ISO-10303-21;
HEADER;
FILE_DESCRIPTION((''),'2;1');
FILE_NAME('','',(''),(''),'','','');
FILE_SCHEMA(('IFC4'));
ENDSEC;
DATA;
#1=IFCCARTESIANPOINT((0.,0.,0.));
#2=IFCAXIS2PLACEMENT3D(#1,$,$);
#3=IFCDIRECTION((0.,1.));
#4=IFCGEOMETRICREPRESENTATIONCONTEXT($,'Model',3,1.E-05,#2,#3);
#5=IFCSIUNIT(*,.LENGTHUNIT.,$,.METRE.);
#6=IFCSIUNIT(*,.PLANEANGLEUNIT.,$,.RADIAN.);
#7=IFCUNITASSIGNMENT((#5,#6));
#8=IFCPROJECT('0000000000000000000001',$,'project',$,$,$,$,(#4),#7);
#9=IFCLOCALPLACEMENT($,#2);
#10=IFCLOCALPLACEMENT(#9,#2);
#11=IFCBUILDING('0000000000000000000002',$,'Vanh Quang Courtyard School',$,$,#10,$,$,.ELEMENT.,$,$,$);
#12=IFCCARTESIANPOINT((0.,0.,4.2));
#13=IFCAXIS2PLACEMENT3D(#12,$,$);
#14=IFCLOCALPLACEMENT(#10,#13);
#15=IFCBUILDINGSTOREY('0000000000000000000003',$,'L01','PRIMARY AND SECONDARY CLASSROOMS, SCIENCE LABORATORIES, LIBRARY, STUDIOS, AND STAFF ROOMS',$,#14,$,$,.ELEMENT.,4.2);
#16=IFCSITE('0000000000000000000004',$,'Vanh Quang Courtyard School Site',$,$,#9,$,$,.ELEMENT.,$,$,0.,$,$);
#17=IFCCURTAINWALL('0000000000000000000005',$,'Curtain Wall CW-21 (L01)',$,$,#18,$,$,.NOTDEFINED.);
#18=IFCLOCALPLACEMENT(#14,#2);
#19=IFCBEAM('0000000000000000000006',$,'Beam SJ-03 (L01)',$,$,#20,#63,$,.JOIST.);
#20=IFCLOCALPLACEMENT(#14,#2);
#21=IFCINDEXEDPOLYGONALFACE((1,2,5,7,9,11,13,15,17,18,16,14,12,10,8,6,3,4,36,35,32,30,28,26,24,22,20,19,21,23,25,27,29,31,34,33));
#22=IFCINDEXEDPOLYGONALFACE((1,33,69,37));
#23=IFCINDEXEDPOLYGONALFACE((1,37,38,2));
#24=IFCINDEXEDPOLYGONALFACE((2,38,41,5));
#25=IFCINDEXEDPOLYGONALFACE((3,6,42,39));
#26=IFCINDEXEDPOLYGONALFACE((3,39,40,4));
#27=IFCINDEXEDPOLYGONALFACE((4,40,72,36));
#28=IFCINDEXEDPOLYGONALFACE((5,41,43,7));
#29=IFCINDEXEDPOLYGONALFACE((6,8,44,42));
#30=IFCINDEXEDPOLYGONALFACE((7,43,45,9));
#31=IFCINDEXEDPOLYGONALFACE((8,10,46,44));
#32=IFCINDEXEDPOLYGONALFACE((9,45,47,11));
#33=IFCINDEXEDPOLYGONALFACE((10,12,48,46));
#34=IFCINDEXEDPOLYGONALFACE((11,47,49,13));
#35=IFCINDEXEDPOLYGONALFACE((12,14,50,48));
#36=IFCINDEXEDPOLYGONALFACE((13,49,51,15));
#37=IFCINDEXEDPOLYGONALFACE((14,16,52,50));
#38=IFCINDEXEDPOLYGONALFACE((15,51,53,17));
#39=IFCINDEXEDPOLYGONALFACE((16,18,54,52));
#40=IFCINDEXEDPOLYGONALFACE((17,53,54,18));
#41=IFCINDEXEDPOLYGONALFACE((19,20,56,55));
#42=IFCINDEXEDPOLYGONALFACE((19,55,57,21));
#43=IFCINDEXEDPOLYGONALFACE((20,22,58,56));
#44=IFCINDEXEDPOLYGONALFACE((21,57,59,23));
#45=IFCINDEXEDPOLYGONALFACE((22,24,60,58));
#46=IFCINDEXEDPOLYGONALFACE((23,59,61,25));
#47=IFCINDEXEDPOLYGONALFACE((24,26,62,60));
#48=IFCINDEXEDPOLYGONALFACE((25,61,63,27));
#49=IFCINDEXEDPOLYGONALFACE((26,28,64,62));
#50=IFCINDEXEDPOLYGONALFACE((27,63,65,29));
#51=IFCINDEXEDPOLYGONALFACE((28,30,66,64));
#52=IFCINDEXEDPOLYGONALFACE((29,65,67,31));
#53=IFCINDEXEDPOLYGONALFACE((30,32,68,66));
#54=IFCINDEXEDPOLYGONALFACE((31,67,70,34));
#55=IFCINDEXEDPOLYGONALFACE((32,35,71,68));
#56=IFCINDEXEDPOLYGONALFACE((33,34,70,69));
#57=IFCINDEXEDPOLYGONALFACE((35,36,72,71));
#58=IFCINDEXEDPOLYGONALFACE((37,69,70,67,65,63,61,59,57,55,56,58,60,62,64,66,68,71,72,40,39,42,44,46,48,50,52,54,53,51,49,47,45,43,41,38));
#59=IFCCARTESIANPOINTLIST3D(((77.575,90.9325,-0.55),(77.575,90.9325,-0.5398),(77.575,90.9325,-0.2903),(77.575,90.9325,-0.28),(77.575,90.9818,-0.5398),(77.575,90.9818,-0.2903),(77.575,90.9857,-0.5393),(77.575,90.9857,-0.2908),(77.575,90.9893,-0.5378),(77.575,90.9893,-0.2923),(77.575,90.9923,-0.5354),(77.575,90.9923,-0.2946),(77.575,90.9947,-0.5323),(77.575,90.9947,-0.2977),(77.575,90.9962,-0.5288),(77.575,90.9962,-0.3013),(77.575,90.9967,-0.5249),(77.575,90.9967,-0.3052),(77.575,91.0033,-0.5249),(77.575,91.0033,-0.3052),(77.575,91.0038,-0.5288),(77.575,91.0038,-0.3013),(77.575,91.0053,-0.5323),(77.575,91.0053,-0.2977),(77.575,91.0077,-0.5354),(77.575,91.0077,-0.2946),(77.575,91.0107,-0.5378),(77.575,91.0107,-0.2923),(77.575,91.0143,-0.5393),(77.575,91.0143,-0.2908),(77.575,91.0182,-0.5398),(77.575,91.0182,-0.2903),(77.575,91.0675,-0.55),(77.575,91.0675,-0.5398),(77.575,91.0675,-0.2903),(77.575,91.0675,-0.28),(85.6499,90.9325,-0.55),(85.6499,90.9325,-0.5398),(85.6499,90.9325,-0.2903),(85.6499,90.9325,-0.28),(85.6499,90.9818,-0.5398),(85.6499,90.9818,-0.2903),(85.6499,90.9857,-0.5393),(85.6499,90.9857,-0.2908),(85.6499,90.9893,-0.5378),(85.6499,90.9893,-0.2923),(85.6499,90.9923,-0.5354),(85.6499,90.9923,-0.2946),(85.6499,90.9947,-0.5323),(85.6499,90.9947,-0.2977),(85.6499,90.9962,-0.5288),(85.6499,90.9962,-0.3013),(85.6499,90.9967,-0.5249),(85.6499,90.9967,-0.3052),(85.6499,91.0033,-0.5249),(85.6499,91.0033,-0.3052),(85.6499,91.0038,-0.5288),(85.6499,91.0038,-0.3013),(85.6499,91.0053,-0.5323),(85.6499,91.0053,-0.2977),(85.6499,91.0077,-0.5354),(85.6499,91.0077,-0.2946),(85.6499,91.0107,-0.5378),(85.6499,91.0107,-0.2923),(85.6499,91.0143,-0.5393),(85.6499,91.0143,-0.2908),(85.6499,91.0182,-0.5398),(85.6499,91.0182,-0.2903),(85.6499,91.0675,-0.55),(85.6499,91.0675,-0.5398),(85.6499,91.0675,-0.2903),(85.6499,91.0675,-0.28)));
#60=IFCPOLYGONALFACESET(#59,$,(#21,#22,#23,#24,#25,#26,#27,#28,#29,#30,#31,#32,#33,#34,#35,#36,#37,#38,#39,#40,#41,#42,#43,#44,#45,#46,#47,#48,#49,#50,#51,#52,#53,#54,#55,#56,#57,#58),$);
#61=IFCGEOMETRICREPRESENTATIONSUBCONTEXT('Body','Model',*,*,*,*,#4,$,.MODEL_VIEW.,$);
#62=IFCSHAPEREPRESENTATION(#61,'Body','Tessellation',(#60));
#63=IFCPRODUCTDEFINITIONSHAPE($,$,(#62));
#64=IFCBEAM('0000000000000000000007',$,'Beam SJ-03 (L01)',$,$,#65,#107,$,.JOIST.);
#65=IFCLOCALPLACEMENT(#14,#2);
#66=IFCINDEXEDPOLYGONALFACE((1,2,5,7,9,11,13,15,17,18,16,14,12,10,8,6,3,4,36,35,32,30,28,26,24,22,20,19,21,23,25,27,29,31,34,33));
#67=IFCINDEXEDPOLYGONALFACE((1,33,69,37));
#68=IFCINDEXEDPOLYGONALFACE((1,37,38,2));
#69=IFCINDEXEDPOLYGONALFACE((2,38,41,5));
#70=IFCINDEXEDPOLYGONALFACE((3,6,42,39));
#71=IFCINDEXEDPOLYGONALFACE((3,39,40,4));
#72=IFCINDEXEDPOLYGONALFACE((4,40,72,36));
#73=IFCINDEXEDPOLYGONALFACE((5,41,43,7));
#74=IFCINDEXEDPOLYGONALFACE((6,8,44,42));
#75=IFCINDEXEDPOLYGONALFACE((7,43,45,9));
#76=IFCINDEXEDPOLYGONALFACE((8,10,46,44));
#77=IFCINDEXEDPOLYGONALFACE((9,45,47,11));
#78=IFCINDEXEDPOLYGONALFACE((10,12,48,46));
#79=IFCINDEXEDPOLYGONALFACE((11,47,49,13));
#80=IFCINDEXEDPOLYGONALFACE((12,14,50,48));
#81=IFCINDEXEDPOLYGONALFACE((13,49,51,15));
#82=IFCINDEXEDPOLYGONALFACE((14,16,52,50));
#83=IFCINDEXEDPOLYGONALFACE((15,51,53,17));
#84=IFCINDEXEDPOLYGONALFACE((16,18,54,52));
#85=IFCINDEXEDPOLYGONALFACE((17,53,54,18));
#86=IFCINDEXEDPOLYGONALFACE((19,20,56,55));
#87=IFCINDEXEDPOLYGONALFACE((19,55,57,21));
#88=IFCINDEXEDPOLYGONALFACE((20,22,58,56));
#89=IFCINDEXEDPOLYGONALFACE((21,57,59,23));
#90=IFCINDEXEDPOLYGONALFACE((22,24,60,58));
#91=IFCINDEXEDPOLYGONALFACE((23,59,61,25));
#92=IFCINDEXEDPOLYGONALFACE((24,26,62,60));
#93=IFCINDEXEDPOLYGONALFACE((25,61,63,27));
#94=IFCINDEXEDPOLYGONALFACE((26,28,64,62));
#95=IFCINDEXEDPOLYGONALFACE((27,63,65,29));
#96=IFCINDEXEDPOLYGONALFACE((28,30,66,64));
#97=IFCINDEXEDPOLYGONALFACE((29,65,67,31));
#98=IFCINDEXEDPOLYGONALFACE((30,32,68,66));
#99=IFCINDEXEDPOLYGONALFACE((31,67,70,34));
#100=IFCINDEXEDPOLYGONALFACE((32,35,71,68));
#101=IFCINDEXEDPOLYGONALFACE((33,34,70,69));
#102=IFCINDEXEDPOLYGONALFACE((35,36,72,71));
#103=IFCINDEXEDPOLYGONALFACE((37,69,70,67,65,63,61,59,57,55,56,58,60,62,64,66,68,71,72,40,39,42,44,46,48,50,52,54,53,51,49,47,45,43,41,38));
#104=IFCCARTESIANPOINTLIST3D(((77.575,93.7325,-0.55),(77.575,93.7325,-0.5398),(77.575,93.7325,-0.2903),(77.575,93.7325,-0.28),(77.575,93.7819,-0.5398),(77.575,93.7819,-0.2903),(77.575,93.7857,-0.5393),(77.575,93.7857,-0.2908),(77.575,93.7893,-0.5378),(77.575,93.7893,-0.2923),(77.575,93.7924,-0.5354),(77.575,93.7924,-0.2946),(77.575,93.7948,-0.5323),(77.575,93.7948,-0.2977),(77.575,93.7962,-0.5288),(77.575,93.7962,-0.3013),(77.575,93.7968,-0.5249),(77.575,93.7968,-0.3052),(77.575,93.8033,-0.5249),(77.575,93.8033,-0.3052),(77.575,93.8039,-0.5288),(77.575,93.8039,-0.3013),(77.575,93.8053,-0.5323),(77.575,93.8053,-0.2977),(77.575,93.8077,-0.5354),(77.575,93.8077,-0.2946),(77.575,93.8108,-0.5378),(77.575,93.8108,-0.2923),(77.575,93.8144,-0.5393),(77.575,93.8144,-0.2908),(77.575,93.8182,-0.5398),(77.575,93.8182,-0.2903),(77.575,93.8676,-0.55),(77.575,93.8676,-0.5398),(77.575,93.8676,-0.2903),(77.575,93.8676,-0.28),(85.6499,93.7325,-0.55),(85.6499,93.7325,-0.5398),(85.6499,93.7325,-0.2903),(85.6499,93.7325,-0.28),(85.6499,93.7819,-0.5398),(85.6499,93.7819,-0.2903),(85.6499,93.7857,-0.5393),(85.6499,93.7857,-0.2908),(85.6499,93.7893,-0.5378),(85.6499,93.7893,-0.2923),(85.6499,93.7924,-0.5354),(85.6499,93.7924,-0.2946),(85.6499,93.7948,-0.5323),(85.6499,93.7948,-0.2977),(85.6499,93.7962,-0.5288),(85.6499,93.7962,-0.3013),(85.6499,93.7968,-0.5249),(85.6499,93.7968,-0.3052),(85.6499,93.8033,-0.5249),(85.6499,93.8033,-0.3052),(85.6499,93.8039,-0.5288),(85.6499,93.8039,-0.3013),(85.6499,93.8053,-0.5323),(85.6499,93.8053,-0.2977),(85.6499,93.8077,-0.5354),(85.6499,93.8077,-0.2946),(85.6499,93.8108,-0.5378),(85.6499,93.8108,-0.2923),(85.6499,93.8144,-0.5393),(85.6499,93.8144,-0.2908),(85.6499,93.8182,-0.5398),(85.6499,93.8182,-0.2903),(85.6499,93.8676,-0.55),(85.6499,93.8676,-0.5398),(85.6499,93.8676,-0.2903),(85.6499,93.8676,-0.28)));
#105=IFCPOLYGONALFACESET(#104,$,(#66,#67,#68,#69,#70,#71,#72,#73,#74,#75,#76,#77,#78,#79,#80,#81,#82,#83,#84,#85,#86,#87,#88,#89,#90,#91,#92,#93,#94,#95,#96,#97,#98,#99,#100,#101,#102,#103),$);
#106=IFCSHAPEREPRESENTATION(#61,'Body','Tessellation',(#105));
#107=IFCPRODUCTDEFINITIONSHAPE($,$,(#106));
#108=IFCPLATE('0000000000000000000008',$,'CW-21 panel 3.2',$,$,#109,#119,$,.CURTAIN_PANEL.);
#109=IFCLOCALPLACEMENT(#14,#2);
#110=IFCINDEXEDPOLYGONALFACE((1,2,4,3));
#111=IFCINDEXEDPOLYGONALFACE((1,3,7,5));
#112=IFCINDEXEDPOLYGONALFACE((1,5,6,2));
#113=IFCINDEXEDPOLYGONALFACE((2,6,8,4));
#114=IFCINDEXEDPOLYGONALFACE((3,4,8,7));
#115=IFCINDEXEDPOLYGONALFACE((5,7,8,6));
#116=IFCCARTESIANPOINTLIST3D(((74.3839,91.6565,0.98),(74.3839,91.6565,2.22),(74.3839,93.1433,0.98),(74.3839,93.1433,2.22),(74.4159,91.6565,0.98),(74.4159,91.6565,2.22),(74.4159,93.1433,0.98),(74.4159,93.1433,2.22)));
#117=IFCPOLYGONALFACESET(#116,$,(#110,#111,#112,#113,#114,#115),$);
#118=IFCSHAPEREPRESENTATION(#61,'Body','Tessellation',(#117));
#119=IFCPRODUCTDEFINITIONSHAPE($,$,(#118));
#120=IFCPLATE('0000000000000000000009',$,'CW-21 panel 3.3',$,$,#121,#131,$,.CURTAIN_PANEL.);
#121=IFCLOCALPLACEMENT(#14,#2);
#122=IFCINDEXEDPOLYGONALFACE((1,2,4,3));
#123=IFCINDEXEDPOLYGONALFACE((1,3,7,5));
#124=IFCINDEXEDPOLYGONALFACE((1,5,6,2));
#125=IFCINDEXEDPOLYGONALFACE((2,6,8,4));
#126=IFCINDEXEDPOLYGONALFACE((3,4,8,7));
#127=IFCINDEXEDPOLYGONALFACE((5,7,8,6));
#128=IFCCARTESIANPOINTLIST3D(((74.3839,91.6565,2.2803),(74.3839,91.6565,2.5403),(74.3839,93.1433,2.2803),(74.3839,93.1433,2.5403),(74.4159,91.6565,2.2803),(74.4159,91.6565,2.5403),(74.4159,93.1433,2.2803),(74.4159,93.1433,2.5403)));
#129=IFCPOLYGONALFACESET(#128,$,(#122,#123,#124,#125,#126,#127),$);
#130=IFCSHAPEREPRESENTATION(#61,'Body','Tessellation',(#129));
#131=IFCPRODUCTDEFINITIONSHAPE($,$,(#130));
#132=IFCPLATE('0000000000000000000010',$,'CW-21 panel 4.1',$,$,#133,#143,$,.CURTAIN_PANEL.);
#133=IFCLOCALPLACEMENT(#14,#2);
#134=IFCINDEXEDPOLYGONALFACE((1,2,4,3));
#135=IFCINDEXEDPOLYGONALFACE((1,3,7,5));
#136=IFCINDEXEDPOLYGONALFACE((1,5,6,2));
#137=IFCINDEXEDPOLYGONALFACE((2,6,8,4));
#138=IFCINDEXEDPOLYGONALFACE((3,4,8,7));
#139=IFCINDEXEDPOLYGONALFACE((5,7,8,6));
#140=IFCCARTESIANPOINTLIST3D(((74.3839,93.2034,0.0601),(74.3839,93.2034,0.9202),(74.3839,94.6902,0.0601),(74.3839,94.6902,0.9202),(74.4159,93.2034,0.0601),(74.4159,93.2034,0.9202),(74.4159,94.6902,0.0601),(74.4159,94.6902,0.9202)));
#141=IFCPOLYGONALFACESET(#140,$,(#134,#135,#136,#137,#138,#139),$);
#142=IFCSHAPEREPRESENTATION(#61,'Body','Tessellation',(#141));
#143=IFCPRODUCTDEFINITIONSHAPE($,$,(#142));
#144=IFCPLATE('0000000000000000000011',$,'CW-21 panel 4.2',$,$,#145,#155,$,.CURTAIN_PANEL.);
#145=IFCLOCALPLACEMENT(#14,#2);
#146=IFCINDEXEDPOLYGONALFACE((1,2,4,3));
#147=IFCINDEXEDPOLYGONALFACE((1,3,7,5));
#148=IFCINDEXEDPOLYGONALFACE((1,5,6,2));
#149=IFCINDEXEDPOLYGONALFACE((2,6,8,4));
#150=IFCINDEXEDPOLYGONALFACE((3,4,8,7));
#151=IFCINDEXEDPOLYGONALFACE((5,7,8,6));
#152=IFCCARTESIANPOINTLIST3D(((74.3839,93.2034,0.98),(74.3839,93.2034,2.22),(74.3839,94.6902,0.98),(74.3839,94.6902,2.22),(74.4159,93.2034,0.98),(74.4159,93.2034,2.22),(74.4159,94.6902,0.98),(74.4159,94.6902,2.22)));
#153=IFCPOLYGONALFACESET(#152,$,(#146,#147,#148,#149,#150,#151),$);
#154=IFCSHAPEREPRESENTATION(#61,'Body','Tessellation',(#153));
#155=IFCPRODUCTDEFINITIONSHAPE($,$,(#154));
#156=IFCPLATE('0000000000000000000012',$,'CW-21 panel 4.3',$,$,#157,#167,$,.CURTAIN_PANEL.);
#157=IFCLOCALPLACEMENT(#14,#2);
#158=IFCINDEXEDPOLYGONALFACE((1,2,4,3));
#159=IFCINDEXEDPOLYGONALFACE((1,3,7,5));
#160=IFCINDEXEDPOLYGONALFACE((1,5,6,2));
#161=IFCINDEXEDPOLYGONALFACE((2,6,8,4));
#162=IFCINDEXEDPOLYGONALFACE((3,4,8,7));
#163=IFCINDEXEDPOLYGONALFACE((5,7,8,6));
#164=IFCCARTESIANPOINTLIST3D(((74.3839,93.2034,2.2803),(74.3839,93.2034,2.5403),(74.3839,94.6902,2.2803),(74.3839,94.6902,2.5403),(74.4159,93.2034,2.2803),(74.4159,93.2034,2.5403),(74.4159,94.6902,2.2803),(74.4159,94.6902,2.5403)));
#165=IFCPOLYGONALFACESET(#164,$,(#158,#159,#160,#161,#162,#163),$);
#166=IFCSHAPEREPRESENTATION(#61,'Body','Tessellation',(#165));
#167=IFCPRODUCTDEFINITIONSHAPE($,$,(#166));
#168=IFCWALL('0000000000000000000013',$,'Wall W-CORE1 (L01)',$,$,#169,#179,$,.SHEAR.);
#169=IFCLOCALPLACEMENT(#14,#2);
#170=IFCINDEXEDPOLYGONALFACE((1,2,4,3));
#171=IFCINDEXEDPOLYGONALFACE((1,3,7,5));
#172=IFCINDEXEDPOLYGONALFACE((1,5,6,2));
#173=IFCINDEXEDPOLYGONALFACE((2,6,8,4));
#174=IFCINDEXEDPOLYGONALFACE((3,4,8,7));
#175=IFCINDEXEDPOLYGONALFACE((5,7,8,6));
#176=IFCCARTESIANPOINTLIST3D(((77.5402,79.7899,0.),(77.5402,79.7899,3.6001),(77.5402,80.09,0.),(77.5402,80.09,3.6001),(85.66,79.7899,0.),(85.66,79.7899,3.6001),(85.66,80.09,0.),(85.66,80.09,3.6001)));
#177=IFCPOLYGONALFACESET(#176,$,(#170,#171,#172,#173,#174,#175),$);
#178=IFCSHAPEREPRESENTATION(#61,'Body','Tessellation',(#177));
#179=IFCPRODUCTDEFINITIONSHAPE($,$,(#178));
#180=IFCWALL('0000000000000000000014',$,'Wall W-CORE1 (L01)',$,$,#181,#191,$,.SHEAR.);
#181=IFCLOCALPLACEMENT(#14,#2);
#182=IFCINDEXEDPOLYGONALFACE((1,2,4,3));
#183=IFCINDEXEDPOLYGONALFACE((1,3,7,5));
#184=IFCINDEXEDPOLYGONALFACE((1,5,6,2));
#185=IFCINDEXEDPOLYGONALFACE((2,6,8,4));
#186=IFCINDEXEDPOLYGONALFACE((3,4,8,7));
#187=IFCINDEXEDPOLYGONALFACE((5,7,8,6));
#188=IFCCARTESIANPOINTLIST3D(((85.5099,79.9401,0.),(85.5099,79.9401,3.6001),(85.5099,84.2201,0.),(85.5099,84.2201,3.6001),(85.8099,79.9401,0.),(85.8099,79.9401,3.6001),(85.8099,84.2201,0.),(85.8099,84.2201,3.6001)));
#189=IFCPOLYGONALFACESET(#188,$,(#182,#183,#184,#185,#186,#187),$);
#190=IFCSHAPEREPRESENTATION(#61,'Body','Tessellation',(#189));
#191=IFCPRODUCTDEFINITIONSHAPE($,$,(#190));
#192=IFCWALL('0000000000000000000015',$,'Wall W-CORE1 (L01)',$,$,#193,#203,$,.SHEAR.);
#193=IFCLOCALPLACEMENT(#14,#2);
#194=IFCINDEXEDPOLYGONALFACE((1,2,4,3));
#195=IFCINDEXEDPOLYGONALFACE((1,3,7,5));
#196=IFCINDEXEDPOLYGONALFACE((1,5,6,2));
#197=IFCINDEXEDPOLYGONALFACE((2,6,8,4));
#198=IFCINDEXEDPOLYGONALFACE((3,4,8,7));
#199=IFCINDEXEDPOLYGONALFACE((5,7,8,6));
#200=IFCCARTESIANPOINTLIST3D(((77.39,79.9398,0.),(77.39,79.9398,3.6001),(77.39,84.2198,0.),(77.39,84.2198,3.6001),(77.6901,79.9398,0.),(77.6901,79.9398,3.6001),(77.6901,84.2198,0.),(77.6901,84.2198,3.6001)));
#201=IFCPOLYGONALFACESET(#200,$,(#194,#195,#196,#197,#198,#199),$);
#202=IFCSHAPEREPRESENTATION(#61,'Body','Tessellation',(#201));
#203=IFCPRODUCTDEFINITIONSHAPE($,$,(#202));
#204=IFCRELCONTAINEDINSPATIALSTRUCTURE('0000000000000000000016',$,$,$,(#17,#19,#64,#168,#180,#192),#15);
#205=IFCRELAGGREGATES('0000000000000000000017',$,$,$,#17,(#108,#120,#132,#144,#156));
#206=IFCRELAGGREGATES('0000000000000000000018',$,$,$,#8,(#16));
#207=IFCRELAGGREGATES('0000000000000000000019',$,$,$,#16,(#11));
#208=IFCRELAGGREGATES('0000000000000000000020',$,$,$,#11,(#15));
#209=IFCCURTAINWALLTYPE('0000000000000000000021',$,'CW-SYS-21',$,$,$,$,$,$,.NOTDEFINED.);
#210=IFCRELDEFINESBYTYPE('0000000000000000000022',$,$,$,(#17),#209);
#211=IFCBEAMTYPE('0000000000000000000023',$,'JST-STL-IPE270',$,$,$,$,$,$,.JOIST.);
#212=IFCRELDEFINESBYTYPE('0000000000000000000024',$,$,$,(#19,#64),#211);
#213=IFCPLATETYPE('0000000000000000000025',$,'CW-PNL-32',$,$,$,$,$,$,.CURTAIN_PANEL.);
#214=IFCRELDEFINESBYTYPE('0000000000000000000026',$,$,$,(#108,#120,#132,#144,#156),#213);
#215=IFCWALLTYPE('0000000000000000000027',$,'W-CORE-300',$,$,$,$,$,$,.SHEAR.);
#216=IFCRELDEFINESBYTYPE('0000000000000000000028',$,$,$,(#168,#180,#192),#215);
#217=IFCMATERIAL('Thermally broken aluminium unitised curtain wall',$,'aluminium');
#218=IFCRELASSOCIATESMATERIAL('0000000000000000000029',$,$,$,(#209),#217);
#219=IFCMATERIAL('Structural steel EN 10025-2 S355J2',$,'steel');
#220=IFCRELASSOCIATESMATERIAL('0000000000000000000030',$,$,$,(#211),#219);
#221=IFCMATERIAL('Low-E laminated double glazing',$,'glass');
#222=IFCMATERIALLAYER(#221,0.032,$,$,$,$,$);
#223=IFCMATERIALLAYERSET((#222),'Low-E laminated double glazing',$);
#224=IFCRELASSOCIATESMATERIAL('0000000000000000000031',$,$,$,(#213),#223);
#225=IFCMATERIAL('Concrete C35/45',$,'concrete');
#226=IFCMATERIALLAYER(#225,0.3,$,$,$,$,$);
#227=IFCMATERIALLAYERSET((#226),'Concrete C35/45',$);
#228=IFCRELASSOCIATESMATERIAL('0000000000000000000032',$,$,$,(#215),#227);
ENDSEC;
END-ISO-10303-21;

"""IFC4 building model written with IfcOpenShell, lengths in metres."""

from ifc_helpers import new_model, si_unit, direction, frame, frame_2d, origin, origin_2d, place, context, subcontext, project, spatial, rectangle, i_section, extrude, material, layer, layer_set, material_profile, profile_set, type_object, element, aggregate, save


model = new_model("IFC4")

# Units and contexts
model_context = context("Model", 3, precision=1e-05, world=origin(), true_north=direction((0.0, 1.0)))
body_context = subcontext(model_context, "Body", "Model", "MODEL_VIEW")
ifc_project = project(units=[si_unit("LENGTHUNIT", "METRE"), si_unit("PLANEANGLEUNIT", "RADIAN")], contexts=[model_context])

# Site, building, storey
site_placement = place(None, origin())
site = spatial("IfcSite", under=ifc_project, at=site_placement, Name="Vanh Quang Courtyard School Site", CompositionType="ELEMENT", RefElevation=0.0)
building_placement = place(site_placement, origin())
building = spatial("IfcBuilding", under=site, at=building_placement, Name="Vanh Quang Courtyard School", CompositionType="ELEMENT")
storey_placement = place(building_placement, frame((0.0, 0.0, 4.2)))
storey = spatial("IfcBuildingStorey", under=building, at=storey_placement, Name="L01", Description="PRIMARY AND SECONDARY CLASSROOMS, SCIENCE LABORATORIES, LIBRARY, STUDIOS, AND STAFF ROOMS", CompositionType="ELEMENT", Elevation=4.2)

# Shared definitions
ifc_material_1 = material(Name="Concrete C35/45", Category="concrete")

# Shared definitions
ifc_material_2 = material(Name="Structural steel EN 10025-2 S355J2", Category="steel")

# Curtain wall
ifc_material_3 = material(Name="Thermally broken aluminium unitised curtain wall", Category="aluminium")
curtain_wall_type = type_object("IfcCurtainWallType", Name="CW-SYS-21", PredefinedType="NOTDEFINED", material=ifc_material_3)
curtain_wall_placement = place(storey_placement, origin())
curtain_wall = element("IfcCurtainWall", 1, at=curtain_wall_placement, inside=storey, type_object=curtain_wall_type, Name="Curtain Wall CW-21 (L01)", PredefinedType="NOTDEFINED")

# Beams
ifc_material_profile_1 = material_profile(ifc_material_2, i_section(OverallWidth=0.135, OverallDepth=0.27, WebThickness=0.0066, FlangeThickness=0.0103, FilletRadius=0.0149, at=origin_2d()), Name="IPE 270")
ifc_profile_set_1 = profile_set([ifc_material_profile_1], Name="Structural steel EN 10025-2 S355J2")
beam_type_1 = type_object("IfcBeamType", Name="JST-STL-IPE270", PredefinedType="JOIST", material=ifc_profile_set_1)
for number, where, z_axis, x_axis, name in (
    (2, (77.575, 91.0, -0.415), (1.0, 0.0, 0.0), (0.0, 1.0, 0.0), "Beam SJ-03 (L01)"),
    (3, (77.575, 93.8, -0.415), (1.0, 0.0, 0.0), (0.0, 1.0, 0.0), "Beam SJ-03 (L01)"),
):
    element("IfcBeam", number, at=place(storey_placement, frame(where, z_axis=z_axis, x_axis=x_axis)), inside=storey, type_object=beam_type_1, Name=name, PredefinedType="JOIST", context=body_context, shape_type="SweptSolid", body=[
        extrude(i_section(OverallWidth=0.135, OverallDepth=0.27, WebThickness=0.0066, FlangeThickness=0.0103, FilletRadius=0.0149, at=origin_2d()), origin(), (0.0, 0.0, 1.0), 8.075),
    ])

# Plates
ifc_material_4 = material(Name="Low-E laminated double glazing", Category="glass")
ifc_layer_1 = layer(ifc_material_4, 0.032)
ifc_layer_set_1 = layer_set([ifc_layer_1], Name="Low-E laminated double glazing")
plate_type = type_object("IfcPlateType", Name="CW-PNL-32", PredefinedType="CURTAIN_PANEL", material=ifc_layer_set_1)
plate_1_placement = place(storey_placement, frame((74.3999, 92.3999, 0.98), z_axis=(0.0, 0.0, 1.0), x_axis=(0.0, 1.0, 0.0)))
plate_1 = element("IfcPlate", 4, at=plate_1_placement, type_object=plate_type, Name="CW-21 panel 3.2", PredefinedType="CURTAIN_PANEL", context=body_context, shape_type="SweptSolid", body=[
    extrude(rectangle(XDim=1.4868, YDim=0.032, at=origin_2d()), origin(), (0.0, 0.0, 1.0), 1.24),
])
plate_2_placement = place(storey_placement, frame((74.3999, 92.3999, 2.2803), z_axis=(0.0, 0.0, 1.0), x_axis=(0.0, 1.0, 0.0)))
plate_2 = element("IfcPlate", 5, at=plate_2_placement, type_object=plate_type, Name="CW-21 panel 3.3", PredefinedType="CURTAIN_PANEL", context=body_context, shape_type="SweptSolid", body=[
    extrude(rectangle(XDim=1.4868, YDim=0.032, at=origin_2d()), origin(), (0.0, 0.0, 1.0), 0.26),
])
plate_3_placement = place(storey_placement, frame((74.3999, 93.9468, 0.0601), z_axis=(0.0, 0.0, 1.0), x_axis=(0.0, 1.0, 0.0)))
plate_3 = element("IfcPlate", 6, at=plate_3_placement, type_object=plate_type, Name="CW-21 panel 4.1", PredefinedType="CURTAIN_PANEL", context=body_context, shape_type="SweptSolid", body=[
    extrude(rectangle(XDim=1.4868, YDim=0.032, at=origin_2d()), origin(), (0.0, 0.0, 1.0), 0.8601),
])
plate_4_placement = place(storey_placement, frame((74.3999, 93.9468, 0.98), z_axis=(0.0, 0.0, 1.0), x_axis=(0.0, 1.0, 0.0)))
plate_4 = element("IfcPlate", 7, at=plate_4_placement, type_object=plate_type, Name="CW-21 panel 4.2", PredefinedType="CURTAIN_PANEL", context=body_context, shape_type="SweptSolid", body=[
    extrude(rectangle(XDim=1.4868, YDim=0.032, at=origin_2d()), origin(), (0.0, 0.0, 1.0), 1.24),
])
plate_5_placement = place(storey_placement, frame((74.3999, 93.9468, 2.2803), z_axis=(0.0, 0.0, 1.0), x_axis=(0.0, 1.0, 0.0)))
plate_5 = element("IfcPlate", 8, at=plate_5_placement, type_object=plate_type, Name="CW-21 panel 4.3", PredefinedType="CURTAIN_PANEL", context=body_context, shape_type="SweptSolid", body=[
    extrude(rectangle(XDim=1.4868, YDim=0.032, at=origin_2d()), origin(), (0.0, 0.0, 1.0), 0.26),
])
aggregate(curtain_wall, [plate_1, plate_2, plate_3, plate_4, plate_5])

# Walls
ifc_layer_2 = layer(ifc_material_1, 0.3)
ifc_layer_set_2 = layer_set([ifc_layer_2], Name="Concrete C35/45")
wall_type_1 = type_object("IfcWallType", Name="W-CORE-300", PredefinedType="SHEAR", material=ifc_layer_set_2)
wall_1_placement = place(storey_placement, frame((77.54, 79.9399, 0.0), z_axis=(0.0, 0.0, 1.0), x_axis=(1.0, 0.0, 0.0)))
element("IfcWall", 9, at=wall_1_placement, inside=storey, type_object=wall_type_1, Name="Wall W-CORE1 (L01)", PredefinedType="SHEAR", context=body_context, shape_type="SweptSolid", body=[
    extrude(rectangle(XDim=8.1199, YDim=0.3, at=frame_2d((4.0601, 0.0))), origin(), (0.0, 0.0, 1.0), 3.6001),
])
wall_2_placement = place(storey_placement, frame((85.6599, 79.9399, 0.0), z_axis=(0.0, 0.0, 1.0), x_axis=(0.0, 1.0, 0.0)))
element("IfcWall", 10, at=wall_2_placement, inside=storey, type_object=wall_type_1, Name="Wall W-CORE1 (L01)", PredefinedType="SHEAR", context=body_context, shape_type="SweptSolid", body=[
    extrude(rectangle(XDim=4.28, YDim=0.3, at=frame_2d((2.1401, 0.0))), origin(), (0.0, 0.0, 1.0), 3.6001),
])

# Wall
wall_3_placement = place(storey_placement, frame((77.54, 84.22, 0.0), z_axis=(0.0, 0.0, 1.0), x_axis=(0.0, -1.0, 0.0)))
element("IfcWall", 11, at=wall_3_placement, inside=storey, type_object=wall_type_1, Name="Wall W-CORE1 (L01)", PredefinedType="SHEAR", context=body_context, shape_type="SweptSolid", body=[
    extrude(rectangle(XDim=4.28, YDim=0.3, at=frame_2d((2.1401, 0.0))), origin(), (0.0, 0.0, 1.0), 3.6001),
])

save(model, "model.ifc")
